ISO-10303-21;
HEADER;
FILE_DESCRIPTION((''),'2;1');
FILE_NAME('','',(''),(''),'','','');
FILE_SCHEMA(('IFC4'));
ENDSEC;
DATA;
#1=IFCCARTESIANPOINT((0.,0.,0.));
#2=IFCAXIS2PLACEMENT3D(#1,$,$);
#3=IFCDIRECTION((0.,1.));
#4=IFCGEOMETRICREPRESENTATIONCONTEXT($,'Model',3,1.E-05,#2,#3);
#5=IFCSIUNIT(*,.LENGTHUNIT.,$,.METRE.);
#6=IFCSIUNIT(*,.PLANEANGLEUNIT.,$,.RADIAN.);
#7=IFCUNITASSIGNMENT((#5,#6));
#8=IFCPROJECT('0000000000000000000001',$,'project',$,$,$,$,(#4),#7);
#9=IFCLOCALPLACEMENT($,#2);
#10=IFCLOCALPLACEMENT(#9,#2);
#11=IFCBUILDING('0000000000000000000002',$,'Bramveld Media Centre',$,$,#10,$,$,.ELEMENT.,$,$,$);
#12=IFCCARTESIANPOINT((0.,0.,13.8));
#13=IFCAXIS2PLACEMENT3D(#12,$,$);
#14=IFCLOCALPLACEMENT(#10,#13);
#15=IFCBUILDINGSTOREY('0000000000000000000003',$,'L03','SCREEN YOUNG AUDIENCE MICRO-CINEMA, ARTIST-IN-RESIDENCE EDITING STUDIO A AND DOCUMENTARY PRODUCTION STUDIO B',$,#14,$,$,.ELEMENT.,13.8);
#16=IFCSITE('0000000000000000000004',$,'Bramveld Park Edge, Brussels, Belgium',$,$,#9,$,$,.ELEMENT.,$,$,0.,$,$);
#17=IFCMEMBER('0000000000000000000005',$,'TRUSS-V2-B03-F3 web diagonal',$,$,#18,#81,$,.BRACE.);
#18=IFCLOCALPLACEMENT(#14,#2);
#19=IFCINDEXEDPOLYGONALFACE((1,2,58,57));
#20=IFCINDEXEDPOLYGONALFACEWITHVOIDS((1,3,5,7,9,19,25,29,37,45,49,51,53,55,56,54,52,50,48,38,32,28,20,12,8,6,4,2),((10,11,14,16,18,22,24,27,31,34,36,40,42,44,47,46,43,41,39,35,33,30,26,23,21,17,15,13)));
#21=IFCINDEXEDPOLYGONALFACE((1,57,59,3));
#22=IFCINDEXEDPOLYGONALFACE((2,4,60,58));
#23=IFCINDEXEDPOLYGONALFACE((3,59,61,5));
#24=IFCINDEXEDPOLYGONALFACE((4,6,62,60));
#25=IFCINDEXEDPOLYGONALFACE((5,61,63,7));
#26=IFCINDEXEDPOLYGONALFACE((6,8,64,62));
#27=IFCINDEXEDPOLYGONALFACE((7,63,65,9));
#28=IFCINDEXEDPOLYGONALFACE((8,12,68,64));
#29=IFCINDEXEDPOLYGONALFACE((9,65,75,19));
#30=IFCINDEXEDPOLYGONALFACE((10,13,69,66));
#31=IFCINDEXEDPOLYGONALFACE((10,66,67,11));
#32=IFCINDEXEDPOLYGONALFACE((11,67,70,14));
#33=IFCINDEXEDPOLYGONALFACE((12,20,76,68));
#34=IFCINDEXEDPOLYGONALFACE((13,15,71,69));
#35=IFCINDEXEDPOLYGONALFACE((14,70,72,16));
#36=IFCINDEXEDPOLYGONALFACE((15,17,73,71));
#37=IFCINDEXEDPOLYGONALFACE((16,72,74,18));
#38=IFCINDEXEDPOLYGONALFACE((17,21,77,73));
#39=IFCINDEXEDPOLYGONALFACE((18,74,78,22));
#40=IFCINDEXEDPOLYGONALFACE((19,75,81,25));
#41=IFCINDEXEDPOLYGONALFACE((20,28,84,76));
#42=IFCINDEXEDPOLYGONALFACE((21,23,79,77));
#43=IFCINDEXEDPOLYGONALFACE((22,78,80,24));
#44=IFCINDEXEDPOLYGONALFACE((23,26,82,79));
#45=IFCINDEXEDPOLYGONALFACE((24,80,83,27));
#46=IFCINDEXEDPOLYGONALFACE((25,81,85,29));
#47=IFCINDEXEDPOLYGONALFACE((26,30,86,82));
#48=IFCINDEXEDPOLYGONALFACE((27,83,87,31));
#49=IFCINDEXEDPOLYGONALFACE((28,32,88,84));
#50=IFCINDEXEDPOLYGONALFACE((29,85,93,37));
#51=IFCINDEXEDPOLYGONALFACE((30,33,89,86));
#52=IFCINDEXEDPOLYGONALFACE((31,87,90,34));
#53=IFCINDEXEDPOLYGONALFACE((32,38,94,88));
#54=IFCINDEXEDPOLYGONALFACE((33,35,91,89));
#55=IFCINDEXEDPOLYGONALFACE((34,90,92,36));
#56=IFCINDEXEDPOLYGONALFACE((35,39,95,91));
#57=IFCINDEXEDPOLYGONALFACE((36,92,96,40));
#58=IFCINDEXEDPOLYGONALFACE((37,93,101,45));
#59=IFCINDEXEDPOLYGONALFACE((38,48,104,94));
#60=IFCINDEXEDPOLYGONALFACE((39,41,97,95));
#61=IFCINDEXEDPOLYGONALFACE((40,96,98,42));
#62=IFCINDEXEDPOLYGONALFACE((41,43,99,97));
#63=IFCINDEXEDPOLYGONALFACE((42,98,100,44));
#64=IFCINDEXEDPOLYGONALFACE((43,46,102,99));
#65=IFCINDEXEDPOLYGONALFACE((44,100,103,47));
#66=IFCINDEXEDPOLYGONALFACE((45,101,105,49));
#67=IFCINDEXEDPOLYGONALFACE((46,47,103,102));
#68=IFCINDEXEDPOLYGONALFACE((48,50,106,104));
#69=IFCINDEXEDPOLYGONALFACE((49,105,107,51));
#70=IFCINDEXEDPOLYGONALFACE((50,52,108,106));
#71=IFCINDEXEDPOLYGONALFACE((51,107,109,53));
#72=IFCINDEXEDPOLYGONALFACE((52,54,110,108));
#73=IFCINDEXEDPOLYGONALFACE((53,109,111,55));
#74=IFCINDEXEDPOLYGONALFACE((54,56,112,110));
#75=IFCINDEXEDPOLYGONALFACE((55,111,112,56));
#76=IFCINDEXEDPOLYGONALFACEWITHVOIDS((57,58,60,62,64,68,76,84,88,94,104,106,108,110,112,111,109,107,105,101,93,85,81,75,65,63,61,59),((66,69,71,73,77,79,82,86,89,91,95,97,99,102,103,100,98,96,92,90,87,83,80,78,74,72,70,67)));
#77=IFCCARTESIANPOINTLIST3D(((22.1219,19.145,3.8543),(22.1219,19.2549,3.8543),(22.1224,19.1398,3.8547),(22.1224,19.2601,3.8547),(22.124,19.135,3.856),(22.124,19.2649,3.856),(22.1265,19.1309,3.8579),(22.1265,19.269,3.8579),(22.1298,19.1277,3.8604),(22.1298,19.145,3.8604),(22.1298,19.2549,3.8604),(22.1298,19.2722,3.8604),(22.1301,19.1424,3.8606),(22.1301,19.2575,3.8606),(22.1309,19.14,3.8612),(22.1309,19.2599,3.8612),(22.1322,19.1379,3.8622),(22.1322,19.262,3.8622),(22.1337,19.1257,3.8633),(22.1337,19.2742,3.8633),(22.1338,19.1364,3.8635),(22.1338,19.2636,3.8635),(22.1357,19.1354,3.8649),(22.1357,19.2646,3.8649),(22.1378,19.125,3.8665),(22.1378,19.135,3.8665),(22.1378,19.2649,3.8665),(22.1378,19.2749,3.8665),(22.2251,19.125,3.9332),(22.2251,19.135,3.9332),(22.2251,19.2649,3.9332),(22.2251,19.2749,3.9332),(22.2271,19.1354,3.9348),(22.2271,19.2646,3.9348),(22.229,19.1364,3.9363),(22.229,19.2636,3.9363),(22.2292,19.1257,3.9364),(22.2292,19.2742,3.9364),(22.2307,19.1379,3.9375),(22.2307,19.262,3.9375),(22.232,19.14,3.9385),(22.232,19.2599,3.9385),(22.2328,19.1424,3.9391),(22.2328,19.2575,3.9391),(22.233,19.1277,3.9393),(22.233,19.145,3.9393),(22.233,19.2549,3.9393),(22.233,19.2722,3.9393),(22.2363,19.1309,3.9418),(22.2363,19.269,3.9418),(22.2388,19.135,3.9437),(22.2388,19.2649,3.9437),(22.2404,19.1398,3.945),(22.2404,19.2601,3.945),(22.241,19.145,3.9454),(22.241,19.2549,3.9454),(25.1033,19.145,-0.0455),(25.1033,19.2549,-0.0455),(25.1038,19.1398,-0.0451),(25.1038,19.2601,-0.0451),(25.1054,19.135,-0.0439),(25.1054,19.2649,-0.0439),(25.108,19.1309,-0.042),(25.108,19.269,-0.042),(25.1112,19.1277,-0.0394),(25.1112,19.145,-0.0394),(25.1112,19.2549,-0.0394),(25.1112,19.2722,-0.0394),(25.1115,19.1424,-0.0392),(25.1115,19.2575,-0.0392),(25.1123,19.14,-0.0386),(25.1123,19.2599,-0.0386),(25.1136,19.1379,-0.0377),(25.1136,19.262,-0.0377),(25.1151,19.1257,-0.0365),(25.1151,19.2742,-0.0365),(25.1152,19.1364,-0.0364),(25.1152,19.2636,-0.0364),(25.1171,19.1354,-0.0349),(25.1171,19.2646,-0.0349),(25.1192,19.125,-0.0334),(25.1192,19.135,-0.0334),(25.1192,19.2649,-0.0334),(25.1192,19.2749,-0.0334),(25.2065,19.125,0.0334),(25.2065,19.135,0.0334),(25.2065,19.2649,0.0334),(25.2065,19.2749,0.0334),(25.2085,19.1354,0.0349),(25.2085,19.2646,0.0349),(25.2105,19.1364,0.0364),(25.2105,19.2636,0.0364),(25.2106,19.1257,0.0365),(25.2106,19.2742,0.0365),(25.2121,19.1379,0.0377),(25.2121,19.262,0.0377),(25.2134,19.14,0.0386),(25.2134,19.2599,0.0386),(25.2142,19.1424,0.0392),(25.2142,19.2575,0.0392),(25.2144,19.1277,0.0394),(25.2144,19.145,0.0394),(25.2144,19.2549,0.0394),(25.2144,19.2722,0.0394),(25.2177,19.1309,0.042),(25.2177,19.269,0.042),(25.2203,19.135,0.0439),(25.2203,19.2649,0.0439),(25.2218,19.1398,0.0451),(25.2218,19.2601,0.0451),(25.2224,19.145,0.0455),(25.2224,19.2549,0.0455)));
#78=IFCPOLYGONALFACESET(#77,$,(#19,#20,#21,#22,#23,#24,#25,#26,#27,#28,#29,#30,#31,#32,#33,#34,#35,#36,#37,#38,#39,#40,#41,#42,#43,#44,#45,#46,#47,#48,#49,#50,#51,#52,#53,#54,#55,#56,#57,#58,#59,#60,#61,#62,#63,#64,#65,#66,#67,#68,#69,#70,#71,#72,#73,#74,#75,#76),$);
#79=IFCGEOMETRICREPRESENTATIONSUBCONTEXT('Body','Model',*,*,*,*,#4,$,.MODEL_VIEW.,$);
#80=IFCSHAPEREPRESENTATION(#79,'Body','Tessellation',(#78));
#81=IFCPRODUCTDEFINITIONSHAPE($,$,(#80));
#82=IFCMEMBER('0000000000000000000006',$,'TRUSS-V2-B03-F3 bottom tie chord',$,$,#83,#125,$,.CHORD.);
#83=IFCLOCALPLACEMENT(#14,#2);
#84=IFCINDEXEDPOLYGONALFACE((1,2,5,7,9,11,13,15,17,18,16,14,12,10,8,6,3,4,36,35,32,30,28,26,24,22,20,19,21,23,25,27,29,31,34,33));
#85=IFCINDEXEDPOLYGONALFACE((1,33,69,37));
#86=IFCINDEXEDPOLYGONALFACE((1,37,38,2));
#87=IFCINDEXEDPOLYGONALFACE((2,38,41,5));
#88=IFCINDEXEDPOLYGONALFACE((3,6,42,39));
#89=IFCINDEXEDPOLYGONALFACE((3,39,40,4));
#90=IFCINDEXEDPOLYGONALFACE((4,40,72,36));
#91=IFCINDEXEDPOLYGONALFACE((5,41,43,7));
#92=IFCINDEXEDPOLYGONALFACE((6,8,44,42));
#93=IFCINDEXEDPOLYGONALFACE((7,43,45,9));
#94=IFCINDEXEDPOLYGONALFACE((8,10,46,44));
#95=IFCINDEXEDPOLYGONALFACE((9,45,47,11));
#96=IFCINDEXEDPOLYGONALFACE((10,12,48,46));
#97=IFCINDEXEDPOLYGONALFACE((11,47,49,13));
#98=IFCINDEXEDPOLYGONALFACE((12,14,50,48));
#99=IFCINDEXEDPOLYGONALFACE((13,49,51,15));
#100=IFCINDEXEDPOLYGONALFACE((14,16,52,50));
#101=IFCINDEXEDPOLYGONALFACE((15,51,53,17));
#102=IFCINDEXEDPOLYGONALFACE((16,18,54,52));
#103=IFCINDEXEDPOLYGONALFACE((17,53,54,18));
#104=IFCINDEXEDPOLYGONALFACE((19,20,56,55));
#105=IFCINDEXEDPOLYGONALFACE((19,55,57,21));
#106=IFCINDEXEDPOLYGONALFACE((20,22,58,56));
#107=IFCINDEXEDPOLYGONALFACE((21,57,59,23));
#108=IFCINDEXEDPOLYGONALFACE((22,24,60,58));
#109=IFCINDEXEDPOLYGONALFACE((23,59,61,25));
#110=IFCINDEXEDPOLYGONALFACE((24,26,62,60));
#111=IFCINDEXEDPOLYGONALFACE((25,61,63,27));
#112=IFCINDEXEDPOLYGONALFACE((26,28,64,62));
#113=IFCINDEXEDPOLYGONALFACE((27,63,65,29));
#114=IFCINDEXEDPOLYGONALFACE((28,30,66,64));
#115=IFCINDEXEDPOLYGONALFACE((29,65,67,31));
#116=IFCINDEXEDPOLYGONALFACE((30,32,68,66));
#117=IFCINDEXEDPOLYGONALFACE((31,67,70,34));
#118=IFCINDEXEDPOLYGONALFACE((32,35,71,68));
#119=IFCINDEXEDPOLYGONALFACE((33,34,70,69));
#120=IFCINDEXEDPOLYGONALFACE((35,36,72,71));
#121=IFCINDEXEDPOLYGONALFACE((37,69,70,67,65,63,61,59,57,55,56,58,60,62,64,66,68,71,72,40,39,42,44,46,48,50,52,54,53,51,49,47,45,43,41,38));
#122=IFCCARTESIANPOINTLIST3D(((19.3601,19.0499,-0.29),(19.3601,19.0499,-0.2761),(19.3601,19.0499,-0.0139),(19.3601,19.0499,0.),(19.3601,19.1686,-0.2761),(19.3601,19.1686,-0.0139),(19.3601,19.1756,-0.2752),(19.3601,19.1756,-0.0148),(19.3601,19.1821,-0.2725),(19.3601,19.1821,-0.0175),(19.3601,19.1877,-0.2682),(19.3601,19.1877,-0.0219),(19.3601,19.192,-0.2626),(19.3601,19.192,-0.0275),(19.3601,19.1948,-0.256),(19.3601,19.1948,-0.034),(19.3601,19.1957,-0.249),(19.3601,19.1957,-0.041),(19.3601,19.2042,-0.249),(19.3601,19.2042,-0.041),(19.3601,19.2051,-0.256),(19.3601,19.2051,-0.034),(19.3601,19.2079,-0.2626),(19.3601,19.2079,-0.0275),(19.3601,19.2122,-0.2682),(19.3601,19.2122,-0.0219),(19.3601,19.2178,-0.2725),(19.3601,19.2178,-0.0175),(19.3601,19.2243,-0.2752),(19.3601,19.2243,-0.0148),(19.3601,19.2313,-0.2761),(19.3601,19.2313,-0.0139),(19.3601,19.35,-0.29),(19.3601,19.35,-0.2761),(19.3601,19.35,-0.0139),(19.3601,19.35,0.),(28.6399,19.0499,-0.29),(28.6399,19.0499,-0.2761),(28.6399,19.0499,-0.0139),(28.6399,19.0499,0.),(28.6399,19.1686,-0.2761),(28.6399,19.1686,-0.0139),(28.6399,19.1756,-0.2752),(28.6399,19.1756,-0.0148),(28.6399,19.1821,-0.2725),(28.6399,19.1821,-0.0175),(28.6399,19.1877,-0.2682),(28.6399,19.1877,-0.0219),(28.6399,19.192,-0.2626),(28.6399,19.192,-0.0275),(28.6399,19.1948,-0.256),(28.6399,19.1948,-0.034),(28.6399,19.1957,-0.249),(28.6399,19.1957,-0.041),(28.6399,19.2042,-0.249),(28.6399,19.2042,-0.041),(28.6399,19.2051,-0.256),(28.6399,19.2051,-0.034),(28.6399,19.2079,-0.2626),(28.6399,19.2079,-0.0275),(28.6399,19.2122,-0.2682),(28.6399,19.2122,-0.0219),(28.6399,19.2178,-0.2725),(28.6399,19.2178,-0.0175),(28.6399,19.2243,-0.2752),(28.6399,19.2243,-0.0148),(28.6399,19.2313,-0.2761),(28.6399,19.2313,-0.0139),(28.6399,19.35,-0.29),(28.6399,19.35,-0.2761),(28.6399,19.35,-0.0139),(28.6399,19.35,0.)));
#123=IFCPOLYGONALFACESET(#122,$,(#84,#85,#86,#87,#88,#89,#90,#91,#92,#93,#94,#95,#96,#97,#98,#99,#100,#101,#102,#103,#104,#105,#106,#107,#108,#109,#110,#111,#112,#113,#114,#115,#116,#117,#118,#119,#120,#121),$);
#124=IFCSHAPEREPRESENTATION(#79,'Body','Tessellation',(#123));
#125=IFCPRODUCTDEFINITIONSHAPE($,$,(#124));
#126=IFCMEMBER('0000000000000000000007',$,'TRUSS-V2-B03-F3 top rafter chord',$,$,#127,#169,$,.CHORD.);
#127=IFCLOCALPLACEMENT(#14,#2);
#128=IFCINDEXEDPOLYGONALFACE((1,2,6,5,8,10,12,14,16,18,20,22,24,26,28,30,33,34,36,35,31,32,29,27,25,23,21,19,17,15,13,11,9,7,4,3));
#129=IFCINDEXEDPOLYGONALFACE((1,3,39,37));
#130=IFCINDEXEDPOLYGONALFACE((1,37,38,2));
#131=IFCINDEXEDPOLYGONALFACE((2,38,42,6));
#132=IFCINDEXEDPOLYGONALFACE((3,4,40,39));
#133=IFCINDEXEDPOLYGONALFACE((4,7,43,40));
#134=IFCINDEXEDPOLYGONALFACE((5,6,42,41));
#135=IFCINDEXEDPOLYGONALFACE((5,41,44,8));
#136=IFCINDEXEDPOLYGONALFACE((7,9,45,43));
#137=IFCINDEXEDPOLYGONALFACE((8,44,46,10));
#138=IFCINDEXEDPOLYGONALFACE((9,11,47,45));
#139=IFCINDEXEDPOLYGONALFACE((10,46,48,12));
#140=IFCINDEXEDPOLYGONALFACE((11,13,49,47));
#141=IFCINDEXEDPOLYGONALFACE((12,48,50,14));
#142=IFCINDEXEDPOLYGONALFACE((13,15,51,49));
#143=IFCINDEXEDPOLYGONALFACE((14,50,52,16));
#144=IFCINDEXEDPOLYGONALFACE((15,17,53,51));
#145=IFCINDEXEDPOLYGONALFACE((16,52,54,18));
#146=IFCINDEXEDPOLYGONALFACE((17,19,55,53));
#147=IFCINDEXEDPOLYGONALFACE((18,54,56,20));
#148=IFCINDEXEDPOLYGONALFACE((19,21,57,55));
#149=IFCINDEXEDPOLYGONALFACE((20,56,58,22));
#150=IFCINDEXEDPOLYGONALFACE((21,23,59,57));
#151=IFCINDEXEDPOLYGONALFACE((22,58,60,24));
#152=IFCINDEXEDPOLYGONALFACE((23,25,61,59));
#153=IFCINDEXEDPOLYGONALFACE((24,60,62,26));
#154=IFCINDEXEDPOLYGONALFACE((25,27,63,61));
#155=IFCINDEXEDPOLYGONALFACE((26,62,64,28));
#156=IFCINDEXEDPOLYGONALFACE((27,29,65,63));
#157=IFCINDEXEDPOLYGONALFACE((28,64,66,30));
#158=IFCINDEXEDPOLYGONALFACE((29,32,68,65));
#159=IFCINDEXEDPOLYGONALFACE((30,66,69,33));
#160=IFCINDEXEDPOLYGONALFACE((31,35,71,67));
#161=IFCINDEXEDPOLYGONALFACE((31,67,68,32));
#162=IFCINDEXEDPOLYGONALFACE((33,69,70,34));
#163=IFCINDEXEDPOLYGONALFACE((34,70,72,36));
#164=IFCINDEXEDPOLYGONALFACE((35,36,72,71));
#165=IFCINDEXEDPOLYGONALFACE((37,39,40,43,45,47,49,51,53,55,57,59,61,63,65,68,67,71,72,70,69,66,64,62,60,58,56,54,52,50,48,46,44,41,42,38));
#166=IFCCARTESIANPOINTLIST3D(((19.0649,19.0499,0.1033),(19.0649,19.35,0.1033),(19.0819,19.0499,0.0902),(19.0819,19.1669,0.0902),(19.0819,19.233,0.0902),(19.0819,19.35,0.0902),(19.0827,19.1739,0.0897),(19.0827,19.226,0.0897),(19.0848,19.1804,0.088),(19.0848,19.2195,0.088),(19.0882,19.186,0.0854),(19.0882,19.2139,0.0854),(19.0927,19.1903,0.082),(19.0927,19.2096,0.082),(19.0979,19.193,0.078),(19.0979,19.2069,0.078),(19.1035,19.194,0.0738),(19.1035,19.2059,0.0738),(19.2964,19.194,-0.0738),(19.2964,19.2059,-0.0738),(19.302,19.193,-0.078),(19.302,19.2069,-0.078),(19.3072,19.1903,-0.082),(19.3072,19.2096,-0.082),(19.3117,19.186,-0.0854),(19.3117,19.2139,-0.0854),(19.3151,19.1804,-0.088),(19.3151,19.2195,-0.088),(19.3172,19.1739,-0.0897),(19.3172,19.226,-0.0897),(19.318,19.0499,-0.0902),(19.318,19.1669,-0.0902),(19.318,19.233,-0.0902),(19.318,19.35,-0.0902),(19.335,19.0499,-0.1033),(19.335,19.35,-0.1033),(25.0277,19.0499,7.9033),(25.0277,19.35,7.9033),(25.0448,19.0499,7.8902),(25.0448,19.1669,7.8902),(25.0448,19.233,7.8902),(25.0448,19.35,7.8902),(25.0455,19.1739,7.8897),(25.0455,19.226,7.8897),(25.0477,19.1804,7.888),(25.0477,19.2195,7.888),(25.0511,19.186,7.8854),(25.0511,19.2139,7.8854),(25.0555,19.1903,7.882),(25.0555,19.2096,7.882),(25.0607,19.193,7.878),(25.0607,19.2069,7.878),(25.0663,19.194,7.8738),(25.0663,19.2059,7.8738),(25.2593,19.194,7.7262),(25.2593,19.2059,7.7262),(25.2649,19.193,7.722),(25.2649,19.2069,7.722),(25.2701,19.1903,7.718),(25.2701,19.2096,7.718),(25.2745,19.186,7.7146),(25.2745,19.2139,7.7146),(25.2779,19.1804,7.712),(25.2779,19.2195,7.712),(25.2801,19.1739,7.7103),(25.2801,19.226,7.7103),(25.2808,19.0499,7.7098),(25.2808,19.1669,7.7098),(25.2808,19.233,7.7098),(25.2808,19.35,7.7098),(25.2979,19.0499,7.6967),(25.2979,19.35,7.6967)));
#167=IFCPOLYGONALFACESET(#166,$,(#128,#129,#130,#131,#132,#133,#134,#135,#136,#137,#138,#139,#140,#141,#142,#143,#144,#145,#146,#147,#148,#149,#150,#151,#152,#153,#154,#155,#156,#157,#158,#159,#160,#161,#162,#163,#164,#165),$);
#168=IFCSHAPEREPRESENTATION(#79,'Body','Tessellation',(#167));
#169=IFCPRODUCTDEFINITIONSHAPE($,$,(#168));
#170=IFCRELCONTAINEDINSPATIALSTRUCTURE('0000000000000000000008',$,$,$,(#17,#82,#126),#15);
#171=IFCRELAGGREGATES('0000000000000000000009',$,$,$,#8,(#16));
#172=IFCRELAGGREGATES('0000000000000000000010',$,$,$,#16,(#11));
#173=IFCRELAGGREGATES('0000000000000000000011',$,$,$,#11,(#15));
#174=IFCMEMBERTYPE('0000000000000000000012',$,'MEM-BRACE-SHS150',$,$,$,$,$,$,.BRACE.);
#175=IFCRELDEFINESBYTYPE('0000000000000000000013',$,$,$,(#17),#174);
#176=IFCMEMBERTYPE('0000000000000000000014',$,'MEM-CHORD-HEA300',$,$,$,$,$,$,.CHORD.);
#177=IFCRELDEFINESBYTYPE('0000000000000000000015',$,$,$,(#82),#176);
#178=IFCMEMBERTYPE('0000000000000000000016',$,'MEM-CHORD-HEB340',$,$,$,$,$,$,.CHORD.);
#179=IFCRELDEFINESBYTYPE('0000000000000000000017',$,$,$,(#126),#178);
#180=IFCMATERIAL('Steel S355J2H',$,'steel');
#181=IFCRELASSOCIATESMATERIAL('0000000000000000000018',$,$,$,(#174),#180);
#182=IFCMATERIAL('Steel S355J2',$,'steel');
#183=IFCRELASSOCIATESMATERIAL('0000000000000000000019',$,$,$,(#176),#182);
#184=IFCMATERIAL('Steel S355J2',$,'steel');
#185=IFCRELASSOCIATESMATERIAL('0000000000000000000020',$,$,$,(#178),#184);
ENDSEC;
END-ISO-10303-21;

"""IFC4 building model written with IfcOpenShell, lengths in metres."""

from ifc_helpers import new_model, si_unit, direction, frame, origin, origin_2d, place, context, subcontext, project, spatial, hollow_rectangle, i_section, extrude, material, material_profile, profile_set, type_object, element, save


model = new_model("IFC4")

# Units and contexts
model_context = context("Model", 3, precision=1e-05, world=origin(), true_north=direction((0.0, 1.0)))
body_context = subcontext(model_context, "Body", "Model", "MODEL_VIEW")
ifc_project = project(units=[si_unit("LENGTHUNIT", "METRE"), si_unit("PLANEANGLEUNIT", "RADIAN")], contexts=[model_context])

# Site, building, storey
site_placement = place(None, origin())
site = spatial("IfcSite", under=ifc_project, at=site_placement, Name="Bramveld Park Edge, Brussels, Belgium", CompositionType="ELEMENT", RefElevation=0.0)
building_placement = place(site_placement, origin())
building = spatial("IfcBuilding", under=site, at=building_placement, Name="Bramveld Media Centre", CompositionType="ELEMENT")
storey_placement = place(building_placement, frame((0.0, 0.0, 13.8)))
storey = spatial("IfcBuildingStorey", under=building, at=storey_placement, Name="L03", Description="SCREEN YOUNG AUDIENCE MICRO-CINEMA, ARTIST-IN-RESIDENCE EDITING STUDIO A AND DOCUMENTARY PRODUCTION STUDIO B", CompositionType="ELEMENT", Elevation=13.8)

# Members
ifc_material_1 = material(Name="Steel S355J2H", Category="steel")
ifc_material_profile_1 = material_profile(ifc_material_1, hollow_rectangle(XDim=0.1499, YDim=0.1499, WallThickness=0.01, InnerFilletRadius=0.01, OuterFilletRadius=0.02, at=origin_2d()), Name="SHS 150x150x10")
ifc_profile_set_1 = profile_set([ifc_material_profile_1], Name="Steel S355J2H")
member_type_1 = type_object("IfcMemberType", Name="MEM-BRACE-SHS150", PredefinedType="BRACE", material=ifc_profile_set_1)
for number, where, z_axis, x_axis, name in (
    (1, (25.1628, 19.2, 0.0), (-0.607343, 0.0, 0.79444), (0.0, -1.0, 0.0), "TRUSS-V2-B03-F3 web diagonal"),
):
    element("IfcMember", number, at=place(storey_placement, frame(where, z_axis=z_axis, x_axis=x_axis)), inside=storey, type_object=member_type_1, Name=name, PredefinedType="BRACE", context=body_context, shape_type="SweptSolid", body=[
        extrude(hollow_rectangle(XDim=0.1499, YDim=0.1499, WallThickness=0.01, InnerFilletRadius=0.01, OuterFilletRadius=0.02, at=origin_2d()), origin(), (0.0, 0.0, 1.0), 4.9089),
    ])
ifc_material_2 = material(Name="Steel S355J2", Category="steel")
ifc_material_profile_2 = material_profile(ifc_material_2, i_section(OverallWidth=0.3, OverallDepth=0.29, WebThickness=0.0085, FlangeThickness=0.0139, FilletRadius=0.0271, at=origin_2d()), Name="HEA 300")
ifc_profile_set_2 = profile_set([ifc_material_profile_2], Name="Steel S355J2")
member_type_2 = type_object("IfcMemberType", Name="MEM-CHORD-HEA300", PredefinedType="CHORD", material=ifc_profile_set_2)
member_1_placement = place(storey_placement, frame((19.3601, 19.2, -0.145), z_axis=(1.0, 0.0, 0.0), x_axis=(0.0, 1.0, 0.0)))
element("IfcMember", 2, at=member_1_placement, inside=storey, type_object=member_type_2, Name="TRUSS-V2-B03-F3 bottom tie chord", PredefinedType="CHORD", context=body_context, shape_type="SweptSolid", body=[
    extrude(i_section(OverallWidth=0.3, OverallDepth=0.29, WebThickness=0.0085, FlangeThickness=0.0139, FilletRadius=0.0271, at=origin_2d()), origin(), (0.0, 0.0, 1.0), 9.2798),
])
ifc_material_3 = material(Name="Steel S355J2", Category="steel")
ifc_material_profile_3 = material_profile(ifc_material_3, i_section(OverallWidth=0.3, OverallDepth=0.3401, WebThickness=0.012, FlangeThickness=0.0215, FilletRadius=0.0271, at=origin_2d()), Name="HEB 340")
ifc_profile_set_3 = profile_set([ifc_material_profile_3], Name="Steel S355J2")
member_type_3 = type_object("IfcMemberType", Name="MEM-CHORD-HEB340", PredefinedType="CHORD", material=ifc_profile_set_3)
member_2_placement = place(storey_placement, frame((19.2, 19.2, 0.0), z_axis=(0.607331, 0.0, 0.794449), x_axis=(0.0, 1.0, 0.0)))
element("IfcMember", 3, at=member_2_placement, inside=storey, type_object=member_type_3, Name="TRUSS-V2-B03-F3 top rafter chord", PredefinedType="CHORD", context=body_context, shape_type="SweptSolid", body=[
    extrude(i_section(OverallWidth=0.3, OverallDepth=0.3401, WebThickness=0.012, FlangeThickness=0.0215, FilletRadius=0.0271, at=origin_2d()), origin(), (0.0, 0.0, 1.0), 9.8181),
])

save(model, "model.ifc")
